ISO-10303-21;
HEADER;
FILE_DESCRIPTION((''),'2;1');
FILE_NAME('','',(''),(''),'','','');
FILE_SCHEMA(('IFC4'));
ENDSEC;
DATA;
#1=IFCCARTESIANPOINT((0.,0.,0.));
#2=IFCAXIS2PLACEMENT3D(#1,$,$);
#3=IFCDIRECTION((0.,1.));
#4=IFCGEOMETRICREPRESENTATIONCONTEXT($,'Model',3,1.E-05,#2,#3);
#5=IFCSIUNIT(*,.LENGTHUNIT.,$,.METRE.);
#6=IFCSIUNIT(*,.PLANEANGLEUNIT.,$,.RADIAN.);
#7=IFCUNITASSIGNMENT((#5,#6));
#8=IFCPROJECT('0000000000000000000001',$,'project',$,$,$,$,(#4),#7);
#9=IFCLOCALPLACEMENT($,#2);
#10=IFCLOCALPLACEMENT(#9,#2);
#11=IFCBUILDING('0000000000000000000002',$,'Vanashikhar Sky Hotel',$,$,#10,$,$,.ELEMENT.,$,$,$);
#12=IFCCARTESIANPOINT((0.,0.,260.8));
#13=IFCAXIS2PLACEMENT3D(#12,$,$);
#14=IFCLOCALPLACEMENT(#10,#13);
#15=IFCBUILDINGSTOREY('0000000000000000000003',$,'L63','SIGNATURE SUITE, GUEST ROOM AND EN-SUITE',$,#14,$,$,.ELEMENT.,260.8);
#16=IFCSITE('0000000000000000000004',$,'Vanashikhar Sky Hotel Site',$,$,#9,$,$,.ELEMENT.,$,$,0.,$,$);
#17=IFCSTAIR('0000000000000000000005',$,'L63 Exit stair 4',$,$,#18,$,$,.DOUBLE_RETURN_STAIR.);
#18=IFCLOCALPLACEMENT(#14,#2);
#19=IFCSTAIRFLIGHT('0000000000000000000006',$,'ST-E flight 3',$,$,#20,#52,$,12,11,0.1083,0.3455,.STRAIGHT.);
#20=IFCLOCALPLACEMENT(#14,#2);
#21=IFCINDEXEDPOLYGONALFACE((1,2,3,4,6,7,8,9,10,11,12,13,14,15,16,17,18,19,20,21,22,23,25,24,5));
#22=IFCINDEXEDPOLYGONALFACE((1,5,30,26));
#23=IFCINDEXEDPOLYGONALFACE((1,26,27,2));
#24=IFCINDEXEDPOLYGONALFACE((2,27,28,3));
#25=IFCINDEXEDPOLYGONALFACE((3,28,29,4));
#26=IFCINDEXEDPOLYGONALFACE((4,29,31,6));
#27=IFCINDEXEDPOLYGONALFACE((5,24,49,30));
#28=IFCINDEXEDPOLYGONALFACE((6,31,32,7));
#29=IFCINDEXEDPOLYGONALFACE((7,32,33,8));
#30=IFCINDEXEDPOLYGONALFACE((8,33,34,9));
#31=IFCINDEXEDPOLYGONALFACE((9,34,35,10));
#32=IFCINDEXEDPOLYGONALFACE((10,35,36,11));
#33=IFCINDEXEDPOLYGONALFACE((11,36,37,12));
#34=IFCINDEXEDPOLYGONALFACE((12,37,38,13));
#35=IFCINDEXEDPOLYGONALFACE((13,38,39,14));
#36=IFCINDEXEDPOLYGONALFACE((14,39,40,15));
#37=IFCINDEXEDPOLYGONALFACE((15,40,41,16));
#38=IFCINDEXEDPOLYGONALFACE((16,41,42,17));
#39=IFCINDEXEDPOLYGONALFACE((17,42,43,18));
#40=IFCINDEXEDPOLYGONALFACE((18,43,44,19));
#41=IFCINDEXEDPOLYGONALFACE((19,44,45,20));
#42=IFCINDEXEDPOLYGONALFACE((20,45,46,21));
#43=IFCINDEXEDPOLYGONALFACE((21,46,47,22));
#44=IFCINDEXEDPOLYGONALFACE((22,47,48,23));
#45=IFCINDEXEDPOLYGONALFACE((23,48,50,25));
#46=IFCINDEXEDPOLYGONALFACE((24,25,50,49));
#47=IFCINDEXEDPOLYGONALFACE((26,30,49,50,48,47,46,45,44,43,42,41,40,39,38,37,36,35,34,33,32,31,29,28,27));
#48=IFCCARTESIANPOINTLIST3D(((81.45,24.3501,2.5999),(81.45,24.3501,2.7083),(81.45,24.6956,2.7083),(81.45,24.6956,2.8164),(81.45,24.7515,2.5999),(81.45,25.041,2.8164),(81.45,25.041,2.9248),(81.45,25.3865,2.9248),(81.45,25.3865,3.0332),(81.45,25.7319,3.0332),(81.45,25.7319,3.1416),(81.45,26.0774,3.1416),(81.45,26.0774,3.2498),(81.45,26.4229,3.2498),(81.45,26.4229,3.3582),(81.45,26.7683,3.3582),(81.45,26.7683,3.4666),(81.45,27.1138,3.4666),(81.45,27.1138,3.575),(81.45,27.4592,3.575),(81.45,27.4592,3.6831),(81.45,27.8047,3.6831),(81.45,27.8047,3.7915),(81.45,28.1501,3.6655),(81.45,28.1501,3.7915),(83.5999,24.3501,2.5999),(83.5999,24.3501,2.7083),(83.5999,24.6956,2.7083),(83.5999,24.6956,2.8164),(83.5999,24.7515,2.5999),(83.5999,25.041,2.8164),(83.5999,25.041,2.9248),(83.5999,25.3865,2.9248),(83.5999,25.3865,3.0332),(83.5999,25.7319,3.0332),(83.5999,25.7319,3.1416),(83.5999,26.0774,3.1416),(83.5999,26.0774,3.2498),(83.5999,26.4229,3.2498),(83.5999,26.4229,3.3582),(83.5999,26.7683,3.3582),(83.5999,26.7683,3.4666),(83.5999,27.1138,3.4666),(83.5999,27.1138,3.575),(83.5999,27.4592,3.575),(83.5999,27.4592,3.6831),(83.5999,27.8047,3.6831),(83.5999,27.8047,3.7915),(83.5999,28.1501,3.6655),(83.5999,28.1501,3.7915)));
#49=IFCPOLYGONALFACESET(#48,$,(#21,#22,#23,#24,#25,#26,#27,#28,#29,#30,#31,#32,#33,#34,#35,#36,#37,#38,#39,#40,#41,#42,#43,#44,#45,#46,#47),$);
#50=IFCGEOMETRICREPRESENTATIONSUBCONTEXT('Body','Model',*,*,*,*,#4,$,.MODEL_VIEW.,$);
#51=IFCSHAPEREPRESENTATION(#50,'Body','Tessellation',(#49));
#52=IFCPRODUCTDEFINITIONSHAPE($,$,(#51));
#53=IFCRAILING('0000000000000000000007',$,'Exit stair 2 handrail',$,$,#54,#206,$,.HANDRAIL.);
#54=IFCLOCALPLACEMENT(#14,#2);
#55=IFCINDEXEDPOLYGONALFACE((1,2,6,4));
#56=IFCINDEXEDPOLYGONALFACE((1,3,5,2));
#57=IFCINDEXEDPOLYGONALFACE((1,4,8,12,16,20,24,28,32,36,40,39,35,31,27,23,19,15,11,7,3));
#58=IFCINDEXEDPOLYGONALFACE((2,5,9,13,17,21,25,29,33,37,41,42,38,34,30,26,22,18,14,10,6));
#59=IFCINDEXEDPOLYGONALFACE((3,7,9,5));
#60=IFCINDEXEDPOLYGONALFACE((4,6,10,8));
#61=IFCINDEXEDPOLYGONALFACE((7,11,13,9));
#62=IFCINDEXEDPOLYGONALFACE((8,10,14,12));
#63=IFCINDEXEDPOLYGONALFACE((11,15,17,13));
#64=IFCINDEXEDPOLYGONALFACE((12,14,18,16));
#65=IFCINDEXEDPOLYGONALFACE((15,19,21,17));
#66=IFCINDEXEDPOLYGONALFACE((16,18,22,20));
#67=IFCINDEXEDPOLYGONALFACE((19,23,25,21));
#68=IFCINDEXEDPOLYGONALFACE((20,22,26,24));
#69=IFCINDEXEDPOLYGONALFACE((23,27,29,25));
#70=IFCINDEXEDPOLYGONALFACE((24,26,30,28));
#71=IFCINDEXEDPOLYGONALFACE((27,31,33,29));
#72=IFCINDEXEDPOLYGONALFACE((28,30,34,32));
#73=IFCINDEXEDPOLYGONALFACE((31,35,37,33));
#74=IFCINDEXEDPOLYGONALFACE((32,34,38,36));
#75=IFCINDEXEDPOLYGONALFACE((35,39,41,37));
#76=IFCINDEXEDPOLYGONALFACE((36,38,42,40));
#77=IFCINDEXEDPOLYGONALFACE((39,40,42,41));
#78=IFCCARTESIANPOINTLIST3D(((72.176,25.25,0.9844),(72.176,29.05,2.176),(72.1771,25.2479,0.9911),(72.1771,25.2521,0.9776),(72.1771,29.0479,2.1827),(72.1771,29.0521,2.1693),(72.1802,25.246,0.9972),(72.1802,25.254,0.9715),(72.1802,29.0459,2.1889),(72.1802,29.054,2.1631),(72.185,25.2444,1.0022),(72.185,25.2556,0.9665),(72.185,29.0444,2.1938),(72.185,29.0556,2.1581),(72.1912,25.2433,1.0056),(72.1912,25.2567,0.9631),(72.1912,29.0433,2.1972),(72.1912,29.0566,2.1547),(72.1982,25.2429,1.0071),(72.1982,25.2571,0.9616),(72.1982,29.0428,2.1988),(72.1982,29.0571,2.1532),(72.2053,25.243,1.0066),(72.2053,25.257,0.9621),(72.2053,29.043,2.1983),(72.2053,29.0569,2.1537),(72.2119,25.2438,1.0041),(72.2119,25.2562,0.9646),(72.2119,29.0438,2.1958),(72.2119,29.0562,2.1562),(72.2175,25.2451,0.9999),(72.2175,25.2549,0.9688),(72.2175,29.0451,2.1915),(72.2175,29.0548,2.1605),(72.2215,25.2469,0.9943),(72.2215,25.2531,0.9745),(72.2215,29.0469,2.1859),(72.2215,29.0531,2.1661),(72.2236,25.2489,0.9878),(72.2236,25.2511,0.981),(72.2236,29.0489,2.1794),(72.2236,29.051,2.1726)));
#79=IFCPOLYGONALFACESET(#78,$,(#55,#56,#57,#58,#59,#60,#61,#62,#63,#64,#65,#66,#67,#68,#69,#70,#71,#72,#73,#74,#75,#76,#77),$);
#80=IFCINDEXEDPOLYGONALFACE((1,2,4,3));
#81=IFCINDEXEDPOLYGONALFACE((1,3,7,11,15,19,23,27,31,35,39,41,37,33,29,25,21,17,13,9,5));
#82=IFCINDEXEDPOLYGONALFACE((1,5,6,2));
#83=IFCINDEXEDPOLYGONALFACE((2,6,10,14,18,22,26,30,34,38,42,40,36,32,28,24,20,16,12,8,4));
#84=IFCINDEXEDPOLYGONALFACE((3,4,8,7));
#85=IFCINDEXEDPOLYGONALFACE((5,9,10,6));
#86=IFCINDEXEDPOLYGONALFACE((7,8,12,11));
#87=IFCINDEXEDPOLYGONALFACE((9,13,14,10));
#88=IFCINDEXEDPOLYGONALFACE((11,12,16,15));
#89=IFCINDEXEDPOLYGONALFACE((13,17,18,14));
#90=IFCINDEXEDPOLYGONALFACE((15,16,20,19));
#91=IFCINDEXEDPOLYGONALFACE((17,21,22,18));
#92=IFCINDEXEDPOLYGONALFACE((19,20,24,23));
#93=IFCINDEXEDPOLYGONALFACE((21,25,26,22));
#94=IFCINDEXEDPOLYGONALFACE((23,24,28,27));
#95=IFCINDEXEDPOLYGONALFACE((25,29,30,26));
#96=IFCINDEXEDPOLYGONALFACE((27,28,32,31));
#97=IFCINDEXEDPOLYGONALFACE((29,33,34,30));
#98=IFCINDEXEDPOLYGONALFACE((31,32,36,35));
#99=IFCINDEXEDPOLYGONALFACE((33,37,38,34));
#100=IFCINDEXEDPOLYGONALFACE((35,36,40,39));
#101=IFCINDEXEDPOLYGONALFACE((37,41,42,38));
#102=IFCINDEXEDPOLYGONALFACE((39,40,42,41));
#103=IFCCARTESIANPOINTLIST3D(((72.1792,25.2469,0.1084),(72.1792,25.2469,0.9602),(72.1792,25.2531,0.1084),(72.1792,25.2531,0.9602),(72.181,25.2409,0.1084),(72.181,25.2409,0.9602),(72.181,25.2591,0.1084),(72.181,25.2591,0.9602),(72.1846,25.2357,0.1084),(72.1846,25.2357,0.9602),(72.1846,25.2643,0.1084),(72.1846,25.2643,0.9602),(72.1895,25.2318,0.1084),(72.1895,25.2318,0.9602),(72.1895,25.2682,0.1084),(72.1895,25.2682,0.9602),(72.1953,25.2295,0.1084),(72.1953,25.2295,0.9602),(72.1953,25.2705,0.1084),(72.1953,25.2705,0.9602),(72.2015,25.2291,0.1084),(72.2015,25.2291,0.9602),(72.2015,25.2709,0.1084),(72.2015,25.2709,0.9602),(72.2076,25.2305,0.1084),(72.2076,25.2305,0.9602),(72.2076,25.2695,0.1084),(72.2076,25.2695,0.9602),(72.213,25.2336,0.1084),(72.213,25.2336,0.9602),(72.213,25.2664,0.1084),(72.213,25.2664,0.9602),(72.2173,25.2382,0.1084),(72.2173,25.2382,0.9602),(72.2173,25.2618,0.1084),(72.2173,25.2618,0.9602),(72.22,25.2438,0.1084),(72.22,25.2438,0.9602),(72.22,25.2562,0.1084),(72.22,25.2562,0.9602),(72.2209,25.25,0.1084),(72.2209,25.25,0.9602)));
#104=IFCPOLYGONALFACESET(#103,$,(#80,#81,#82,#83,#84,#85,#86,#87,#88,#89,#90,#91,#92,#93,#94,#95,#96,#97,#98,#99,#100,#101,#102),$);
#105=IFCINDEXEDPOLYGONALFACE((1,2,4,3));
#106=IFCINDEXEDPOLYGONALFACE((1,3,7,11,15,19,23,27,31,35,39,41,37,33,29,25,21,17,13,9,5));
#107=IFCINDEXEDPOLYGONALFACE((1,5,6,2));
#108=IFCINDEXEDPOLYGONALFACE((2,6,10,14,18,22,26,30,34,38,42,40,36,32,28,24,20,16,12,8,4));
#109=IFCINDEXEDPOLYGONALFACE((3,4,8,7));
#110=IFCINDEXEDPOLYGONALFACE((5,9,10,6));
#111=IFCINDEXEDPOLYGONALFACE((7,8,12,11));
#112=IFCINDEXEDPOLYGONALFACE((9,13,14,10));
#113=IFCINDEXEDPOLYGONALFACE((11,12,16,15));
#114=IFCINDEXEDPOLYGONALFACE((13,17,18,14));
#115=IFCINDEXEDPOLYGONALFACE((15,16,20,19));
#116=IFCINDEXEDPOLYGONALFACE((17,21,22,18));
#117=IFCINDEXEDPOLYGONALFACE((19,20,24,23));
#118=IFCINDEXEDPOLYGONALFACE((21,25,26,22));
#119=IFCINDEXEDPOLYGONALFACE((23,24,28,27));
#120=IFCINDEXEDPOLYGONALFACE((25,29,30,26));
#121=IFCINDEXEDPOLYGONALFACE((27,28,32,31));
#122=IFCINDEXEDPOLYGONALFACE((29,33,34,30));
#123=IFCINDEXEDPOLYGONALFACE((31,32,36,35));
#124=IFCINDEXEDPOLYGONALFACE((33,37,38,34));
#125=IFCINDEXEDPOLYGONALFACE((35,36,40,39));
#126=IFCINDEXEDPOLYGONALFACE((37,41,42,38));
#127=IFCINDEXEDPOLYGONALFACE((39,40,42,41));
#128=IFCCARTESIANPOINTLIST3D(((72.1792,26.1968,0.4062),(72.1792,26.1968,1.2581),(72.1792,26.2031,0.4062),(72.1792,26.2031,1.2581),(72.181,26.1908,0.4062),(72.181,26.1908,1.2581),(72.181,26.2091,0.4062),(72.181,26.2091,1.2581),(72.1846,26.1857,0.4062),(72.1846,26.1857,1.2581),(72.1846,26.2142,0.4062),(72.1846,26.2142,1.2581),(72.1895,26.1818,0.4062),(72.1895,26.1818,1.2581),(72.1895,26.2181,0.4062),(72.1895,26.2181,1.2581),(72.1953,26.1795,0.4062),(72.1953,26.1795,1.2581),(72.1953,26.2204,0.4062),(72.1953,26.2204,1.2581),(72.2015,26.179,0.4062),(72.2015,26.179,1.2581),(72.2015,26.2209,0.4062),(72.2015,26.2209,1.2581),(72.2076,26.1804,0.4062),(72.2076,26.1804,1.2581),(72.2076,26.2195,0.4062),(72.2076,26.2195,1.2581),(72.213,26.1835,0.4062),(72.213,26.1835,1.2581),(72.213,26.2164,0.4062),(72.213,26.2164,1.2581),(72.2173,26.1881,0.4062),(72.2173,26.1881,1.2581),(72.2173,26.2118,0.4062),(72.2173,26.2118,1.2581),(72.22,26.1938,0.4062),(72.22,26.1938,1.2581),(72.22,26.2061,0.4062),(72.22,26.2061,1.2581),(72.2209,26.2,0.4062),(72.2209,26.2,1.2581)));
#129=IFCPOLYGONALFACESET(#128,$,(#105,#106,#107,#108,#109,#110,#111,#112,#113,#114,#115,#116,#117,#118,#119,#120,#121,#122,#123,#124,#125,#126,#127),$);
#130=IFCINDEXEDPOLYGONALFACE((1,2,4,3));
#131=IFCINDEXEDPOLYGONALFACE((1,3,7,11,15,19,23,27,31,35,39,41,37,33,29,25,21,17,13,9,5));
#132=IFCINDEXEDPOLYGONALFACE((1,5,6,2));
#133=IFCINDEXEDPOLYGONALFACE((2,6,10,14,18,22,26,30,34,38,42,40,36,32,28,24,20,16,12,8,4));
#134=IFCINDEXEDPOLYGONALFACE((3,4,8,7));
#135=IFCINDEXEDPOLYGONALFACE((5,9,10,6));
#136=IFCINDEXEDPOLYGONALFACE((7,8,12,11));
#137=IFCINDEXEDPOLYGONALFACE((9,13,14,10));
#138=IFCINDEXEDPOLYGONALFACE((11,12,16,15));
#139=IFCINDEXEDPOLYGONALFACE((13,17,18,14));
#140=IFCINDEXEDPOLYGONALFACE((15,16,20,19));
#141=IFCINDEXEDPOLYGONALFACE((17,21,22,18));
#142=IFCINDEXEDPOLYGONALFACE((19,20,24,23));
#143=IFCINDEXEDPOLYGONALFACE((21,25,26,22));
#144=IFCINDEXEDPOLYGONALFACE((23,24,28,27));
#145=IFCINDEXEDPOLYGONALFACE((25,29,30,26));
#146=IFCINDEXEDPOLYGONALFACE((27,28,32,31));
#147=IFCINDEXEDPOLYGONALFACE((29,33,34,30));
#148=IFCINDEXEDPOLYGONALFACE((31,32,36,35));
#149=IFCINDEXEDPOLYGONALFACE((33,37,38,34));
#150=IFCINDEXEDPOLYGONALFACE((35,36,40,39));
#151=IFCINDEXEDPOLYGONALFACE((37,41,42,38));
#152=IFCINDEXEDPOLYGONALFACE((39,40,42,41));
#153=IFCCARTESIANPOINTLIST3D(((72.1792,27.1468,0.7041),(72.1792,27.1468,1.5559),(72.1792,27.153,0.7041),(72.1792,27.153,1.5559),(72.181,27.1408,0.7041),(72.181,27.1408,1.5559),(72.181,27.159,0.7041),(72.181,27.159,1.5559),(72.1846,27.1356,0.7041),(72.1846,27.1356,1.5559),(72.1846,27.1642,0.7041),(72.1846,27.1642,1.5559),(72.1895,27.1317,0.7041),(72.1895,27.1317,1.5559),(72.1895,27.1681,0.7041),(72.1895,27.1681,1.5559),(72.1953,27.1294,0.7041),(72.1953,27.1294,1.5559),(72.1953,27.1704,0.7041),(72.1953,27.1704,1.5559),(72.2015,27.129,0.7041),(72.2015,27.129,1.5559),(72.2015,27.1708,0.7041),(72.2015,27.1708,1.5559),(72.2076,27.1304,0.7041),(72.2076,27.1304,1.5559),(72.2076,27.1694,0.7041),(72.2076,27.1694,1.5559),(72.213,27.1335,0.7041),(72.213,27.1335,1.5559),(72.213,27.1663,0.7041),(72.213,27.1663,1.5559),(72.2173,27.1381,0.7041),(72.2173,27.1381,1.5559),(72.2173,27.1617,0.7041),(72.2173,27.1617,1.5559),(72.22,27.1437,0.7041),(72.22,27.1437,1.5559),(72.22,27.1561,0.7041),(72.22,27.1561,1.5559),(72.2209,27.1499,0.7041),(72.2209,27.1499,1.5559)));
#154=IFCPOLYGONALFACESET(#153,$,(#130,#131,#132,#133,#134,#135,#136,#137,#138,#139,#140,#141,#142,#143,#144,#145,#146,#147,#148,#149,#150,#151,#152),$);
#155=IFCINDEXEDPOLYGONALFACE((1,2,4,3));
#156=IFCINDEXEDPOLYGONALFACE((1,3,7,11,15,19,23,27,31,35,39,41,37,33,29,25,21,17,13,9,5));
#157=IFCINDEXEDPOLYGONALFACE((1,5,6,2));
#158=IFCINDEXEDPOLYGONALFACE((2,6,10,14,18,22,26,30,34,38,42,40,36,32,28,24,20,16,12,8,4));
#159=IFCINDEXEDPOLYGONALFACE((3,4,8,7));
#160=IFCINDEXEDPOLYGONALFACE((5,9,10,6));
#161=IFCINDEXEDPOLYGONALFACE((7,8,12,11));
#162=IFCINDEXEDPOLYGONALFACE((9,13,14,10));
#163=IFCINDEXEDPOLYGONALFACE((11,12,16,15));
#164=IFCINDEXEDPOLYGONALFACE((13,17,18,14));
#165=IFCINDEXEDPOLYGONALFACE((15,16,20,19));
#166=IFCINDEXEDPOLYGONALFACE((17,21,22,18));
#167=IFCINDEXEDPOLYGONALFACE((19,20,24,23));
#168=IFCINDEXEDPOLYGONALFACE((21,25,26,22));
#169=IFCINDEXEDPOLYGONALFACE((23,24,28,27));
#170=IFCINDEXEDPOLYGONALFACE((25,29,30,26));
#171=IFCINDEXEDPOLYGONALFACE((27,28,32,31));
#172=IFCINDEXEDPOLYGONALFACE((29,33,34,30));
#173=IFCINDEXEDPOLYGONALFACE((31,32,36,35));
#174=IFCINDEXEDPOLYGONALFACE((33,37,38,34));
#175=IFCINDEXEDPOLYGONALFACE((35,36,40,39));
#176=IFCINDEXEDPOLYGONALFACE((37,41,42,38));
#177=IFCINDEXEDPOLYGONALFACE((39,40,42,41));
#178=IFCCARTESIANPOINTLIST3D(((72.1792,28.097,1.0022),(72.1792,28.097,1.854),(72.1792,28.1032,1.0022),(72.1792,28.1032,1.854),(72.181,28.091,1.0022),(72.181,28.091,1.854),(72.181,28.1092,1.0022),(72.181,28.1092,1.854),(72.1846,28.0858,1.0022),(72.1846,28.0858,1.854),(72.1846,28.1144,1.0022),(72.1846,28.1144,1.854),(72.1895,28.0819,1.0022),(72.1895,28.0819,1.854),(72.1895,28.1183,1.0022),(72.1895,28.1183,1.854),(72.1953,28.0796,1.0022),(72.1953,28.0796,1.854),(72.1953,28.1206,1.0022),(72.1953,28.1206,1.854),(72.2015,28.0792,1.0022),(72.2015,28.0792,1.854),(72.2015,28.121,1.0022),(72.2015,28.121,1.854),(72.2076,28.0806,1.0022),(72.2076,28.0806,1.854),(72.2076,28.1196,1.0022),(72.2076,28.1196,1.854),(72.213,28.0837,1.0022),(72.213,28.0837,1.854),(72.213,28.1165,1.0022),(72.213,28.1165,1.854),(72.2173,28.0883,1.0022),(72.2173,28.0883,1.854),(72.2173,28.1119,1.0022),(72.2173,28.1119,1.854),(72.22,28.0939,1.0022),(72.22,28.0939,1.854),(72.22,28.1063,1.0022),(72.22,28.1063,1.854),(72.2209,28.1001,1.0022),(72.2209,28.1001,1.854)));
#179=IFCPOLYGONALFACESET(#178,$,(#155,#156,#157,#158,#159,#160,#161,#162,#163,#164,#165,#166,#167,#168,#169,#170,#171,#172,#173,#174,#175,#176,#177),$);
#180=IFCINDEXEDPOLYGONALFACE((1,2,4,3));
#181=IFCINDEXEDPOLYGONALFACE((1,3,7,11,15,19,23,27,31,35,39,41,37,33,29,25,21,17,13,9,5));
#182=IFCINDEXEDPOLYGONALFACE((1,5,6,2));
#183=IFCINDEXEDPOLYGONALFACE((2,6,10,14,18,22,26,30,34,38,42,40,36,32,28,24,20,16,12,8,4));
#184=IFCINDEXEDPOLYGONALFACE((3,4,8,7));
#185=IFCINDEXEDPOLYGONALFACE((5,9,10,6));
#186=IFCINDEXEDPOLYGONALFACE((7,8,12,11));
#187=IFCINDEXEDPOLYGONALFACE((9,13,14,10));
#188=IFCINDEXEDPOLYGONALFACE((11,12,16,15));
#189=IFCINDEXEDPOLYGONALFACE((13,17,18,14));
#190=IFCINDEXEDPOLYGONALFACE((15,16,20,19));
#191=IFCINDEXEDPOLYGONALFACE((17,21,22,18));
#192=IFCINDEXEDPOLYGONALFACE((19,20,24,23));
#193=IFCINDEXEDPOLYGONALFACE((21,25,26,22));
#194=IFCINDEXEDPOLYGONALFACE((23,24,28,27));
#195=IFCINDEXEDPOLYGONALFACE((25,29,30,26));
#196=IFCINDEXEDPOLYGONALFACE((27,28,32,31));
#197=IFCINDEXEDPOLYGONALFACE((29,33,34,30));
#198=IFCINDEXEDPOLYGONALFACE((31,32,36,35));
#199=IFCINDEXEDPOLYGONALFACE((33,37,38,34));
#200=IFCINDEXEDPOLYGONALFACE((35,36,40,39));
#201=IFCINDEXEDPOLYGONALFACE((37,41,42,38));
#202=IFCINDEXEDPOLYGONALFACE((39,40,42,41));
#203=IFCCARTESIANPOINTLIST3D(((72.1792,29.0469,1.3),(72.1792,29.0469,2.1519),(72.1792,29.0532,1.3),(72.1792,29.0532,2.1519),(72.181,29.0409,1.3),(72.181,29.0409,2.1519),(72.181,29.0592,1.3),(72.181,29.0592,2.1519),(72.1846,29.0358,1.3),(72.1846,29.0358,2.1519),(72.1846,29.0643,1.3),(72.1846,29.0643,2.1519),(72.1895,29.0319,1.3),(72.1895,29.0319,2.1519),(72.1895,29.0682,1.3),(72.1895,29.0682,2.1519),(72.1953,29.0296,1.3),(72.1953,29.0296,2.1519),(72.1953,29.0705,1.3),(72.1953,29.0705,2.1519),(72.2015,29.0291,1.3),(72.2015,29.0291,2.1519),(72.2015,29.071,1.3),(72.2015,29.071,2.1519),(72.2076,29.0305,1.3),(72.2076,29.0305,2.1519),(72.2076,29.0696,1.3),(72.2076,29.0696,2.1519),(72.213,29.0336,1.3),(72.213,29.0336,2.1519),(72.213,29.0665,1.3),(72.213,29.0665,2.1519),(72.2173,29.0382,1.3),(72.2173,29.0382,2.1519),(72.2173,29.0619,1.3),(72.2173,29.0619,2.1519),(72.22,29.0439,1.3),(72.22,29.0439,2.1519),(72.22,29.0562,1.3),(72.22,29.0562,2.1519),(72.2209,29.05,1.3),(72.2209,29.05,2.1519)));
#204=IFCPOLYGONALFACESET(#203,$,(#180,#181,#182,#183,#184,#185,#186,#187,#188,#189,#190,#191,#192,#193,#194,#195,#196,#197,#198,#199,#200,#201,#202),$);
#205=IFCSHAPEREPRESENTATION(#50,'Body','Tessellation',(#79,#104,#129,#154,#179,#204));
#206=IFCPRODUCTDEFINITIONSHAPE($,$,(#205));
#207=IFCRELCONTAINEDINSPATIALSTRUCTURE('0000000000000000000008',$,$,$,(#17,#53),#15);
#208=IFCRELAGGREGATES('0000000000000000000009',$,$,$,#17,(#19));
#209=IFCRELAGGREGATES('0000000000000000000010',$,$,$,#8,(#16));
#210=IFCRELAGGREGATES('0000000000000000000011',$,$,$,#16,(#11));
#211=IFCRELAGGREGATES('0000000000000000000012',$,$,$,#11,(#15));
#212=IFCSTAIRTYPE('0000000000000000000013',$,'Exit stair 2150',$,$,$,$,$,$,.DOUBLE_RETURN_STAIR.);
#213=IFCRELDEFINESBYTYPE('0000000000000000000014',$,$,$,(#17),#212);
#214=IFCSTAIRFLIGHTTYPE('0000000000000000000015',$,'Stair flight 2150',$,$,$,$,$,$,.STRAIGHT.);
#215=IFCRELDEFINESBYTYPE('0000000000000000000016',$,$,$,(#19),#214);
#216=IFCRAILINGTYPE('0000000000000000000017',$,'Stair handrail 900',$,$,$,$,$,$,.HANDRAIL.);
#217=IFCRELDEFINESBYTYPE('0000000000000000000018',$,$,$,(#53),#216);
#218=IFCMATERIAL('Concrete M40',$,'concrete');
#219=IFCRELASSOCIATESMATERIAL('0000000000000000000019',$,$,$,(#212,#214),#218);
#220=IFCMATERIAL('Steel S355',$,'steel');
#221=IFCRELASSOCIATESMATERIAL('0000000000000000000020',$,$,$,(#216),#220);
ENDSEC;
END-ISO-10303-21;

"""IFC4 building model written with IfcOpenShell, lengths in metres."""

from ifc_helpers import new_model, si_unit, direction, frame, origin, origin_2d, place, context, subcontext, project, spatial, polyline, circle, outline, extrude, source, transform, mapped, material, type_object, element, aggregate, save


model = new_model("IFC4")

# Units and contexts
model_context = context("Model", 3, precision=1e-05, world=origin(), true_north=direction((0.0, 1.0)))
body_context = subcontext(model_context, "Body", "Model", "MODEL_VIEW")
ifc_project = project(units=[si_unit("LENGTHUNIT", "METRE"), si_unit("PLANEANGLEUNIT", "RADIAN")], contexts=[model_context])

# Site, building, storey
site_placement = place(None, origin())
site = spatial("IfcSite", under=ifc_project, at=site_placement, Name="Vanashikhar Sky Hotel Site", CompositionType="ELEMENT", RefElevation=0.0)
building_placement = place(site_placement, origin())
building = spatial("IfcBuilding", under=site, at=building_placement, Name="Vanashikhar Sky Hotel", CompositionType="ELEMENT")
storey_placement = place(building_placement, frame((0.0, 0.0, 260.8)))
storey = spatial("IfcBuildingStorey", under=building, at=storey_placement, Name="L63", Description="SIGNATURE SUITE, GUEST ROOM AND EN-SUITE", CompositionType="ELEMENT", Elevation=260.8)

# Stair, stair flight
ifc_material_1 = material(Name="Concrete M40", Category="concrete")
stair_type = type_object("IfcStairType", Name="Exit stair 2150", PredefinedType="DOUBLE_RETURN_STAIR", material=ifc_material_1)
stair_placement = place(storey_placement, origin())
stair = element("IfcStair", 1, at=stair_placement, inside=storey, type_object=stair_type, Name="L63 Exit stair 4", PredefinedType="DOUBLE_RETURN_STAIR")
stair_flight_type = type_object("IfcStairFlightType", Name="Stair flight 2150", PredefinedType="STRAIGHT", material=ifc_material_1)
shared_shape_1 = source(origin(), body_context, "Body", "SweptSolid", [
    extrude(outline(polyline([(0.0, 0.0), (0.0, 0.1084), (0.3455, 0.1084), (0.3455, 0.2166), (0.6909, 0.2166), (0.6909, 0.325), (1.0364, 0.325), (1.0364, 0.4333), (1.3818, 0.4333), (1.3818, 0.5417), (1.7273, 0.5417), (1.7273, 0.6499), (2.0728, 0.6499), (2.0728, 0.7583), (2.4182, 0.7583), (2.4182, 0.8667), (2.7637, 0.8667), (2.7637, 0.9751), (3.1091, 0.9751), (3.1091, 1.0833), (3.4546, 1.0833), (3.4546, 1.1917), (3.8, 1.1917), (3.8, 1.3), (3.8, 1.0657), (0.4014, 0.0), (0.0, 0.0)])), frame((0.0, 1.075, 0.0), z_axis=(0.0, -1.0, 0.0), x_axis=(1.0, 0.0, 0.0)), (0.0, 0.0, 1.0), 2.1499),
])
stair_flight_1_placement = place(storey_placement, frame((82.5249, 24.3501, 2.5999), z_axis=(0.0, 0.0, 1.0), x_axis=(0.0, 1.0, 0.0)))
stair_flight_1 = element("IfcStairFlight", 2, at=stair_flight_1_placement, type_object=stair_flight_type, Name="ST-E flight 3", NumberOfRisers=12, NumberOfTreads=11, PredefinedType="STRAIGHT", RiserHeight=0.1083, TreadLength=0.3455, context=body_context, shape_type="MappedRepresentation", body=[
    mapped(shared_shape_1, transform((0.0, 0.0, 0.0), scale=1.0)),
])
aggregate(stair, [stair_flight_1])

# Railing
ifc_material_2 = material(Name="Steel S355", Category="steel")
railing_type_1 = type_object("IfcRailingType", Name="Stair handrail 900", PredefinedType="HANDRAIL", material=ifc_material_2)
shared_shape_2 = source(origin(), body_context, "Body", "SweptSolid", [
    extrude(circle(Radius=0.0239, at=origin_2d()), frame((0.0, 0.0, 0.876), z_axis=(0.0, 0.954184, 0.299221), x_axis=(-1.0, 0.0, 0.0)), (0.0, 0.0, 1.0), 3.9824),
    extrude(circle(Radius=0.021, at=origin_2d()), origin(), (0.0, 0.0, 1.0), 0.8518),
    extrude(circle(Radius=0.021, at=origin_2d()), frame((0.0, 0.95, 0.2979)), (0.0, 0.0, 1.0), 0.8518),
    extrude(circle(Radius=0.021, at=origin_2d()), frame((0.0, 1.8999, 0.5957)), (0.0, 0.0, 1.0), 0.8518),
    extrude(circle(Radius=0.021, at=origin_2d()), frame((0.0, 2.8501, 0.8938)), (0.0, 0.0, 1.0), 0.8518),
    extrude(circle(Radius=0.021, at=origin_2d()), frame((0.0, 3.8, 1.1917)), (0.0, 0.0, 1.0), 0.8518),
])
for number, where, name in (
    (3, (72.2, 25.25, 0.1084), "Exit stair 2 handrail"),
):
    element("IfcRailing", number, at=place(storey_placement, frame(where)), inside=storey, type_object=railing_type_1, Name=name, PredefinedType="HANDRAIL", context=body_context, shape_type="MappedRepresentation", body=[
        mapped(shared_shape_2, transform((0.0, 0.0, 0.0), scale=1.0)),
    ])

save(model, "model.ifc")
